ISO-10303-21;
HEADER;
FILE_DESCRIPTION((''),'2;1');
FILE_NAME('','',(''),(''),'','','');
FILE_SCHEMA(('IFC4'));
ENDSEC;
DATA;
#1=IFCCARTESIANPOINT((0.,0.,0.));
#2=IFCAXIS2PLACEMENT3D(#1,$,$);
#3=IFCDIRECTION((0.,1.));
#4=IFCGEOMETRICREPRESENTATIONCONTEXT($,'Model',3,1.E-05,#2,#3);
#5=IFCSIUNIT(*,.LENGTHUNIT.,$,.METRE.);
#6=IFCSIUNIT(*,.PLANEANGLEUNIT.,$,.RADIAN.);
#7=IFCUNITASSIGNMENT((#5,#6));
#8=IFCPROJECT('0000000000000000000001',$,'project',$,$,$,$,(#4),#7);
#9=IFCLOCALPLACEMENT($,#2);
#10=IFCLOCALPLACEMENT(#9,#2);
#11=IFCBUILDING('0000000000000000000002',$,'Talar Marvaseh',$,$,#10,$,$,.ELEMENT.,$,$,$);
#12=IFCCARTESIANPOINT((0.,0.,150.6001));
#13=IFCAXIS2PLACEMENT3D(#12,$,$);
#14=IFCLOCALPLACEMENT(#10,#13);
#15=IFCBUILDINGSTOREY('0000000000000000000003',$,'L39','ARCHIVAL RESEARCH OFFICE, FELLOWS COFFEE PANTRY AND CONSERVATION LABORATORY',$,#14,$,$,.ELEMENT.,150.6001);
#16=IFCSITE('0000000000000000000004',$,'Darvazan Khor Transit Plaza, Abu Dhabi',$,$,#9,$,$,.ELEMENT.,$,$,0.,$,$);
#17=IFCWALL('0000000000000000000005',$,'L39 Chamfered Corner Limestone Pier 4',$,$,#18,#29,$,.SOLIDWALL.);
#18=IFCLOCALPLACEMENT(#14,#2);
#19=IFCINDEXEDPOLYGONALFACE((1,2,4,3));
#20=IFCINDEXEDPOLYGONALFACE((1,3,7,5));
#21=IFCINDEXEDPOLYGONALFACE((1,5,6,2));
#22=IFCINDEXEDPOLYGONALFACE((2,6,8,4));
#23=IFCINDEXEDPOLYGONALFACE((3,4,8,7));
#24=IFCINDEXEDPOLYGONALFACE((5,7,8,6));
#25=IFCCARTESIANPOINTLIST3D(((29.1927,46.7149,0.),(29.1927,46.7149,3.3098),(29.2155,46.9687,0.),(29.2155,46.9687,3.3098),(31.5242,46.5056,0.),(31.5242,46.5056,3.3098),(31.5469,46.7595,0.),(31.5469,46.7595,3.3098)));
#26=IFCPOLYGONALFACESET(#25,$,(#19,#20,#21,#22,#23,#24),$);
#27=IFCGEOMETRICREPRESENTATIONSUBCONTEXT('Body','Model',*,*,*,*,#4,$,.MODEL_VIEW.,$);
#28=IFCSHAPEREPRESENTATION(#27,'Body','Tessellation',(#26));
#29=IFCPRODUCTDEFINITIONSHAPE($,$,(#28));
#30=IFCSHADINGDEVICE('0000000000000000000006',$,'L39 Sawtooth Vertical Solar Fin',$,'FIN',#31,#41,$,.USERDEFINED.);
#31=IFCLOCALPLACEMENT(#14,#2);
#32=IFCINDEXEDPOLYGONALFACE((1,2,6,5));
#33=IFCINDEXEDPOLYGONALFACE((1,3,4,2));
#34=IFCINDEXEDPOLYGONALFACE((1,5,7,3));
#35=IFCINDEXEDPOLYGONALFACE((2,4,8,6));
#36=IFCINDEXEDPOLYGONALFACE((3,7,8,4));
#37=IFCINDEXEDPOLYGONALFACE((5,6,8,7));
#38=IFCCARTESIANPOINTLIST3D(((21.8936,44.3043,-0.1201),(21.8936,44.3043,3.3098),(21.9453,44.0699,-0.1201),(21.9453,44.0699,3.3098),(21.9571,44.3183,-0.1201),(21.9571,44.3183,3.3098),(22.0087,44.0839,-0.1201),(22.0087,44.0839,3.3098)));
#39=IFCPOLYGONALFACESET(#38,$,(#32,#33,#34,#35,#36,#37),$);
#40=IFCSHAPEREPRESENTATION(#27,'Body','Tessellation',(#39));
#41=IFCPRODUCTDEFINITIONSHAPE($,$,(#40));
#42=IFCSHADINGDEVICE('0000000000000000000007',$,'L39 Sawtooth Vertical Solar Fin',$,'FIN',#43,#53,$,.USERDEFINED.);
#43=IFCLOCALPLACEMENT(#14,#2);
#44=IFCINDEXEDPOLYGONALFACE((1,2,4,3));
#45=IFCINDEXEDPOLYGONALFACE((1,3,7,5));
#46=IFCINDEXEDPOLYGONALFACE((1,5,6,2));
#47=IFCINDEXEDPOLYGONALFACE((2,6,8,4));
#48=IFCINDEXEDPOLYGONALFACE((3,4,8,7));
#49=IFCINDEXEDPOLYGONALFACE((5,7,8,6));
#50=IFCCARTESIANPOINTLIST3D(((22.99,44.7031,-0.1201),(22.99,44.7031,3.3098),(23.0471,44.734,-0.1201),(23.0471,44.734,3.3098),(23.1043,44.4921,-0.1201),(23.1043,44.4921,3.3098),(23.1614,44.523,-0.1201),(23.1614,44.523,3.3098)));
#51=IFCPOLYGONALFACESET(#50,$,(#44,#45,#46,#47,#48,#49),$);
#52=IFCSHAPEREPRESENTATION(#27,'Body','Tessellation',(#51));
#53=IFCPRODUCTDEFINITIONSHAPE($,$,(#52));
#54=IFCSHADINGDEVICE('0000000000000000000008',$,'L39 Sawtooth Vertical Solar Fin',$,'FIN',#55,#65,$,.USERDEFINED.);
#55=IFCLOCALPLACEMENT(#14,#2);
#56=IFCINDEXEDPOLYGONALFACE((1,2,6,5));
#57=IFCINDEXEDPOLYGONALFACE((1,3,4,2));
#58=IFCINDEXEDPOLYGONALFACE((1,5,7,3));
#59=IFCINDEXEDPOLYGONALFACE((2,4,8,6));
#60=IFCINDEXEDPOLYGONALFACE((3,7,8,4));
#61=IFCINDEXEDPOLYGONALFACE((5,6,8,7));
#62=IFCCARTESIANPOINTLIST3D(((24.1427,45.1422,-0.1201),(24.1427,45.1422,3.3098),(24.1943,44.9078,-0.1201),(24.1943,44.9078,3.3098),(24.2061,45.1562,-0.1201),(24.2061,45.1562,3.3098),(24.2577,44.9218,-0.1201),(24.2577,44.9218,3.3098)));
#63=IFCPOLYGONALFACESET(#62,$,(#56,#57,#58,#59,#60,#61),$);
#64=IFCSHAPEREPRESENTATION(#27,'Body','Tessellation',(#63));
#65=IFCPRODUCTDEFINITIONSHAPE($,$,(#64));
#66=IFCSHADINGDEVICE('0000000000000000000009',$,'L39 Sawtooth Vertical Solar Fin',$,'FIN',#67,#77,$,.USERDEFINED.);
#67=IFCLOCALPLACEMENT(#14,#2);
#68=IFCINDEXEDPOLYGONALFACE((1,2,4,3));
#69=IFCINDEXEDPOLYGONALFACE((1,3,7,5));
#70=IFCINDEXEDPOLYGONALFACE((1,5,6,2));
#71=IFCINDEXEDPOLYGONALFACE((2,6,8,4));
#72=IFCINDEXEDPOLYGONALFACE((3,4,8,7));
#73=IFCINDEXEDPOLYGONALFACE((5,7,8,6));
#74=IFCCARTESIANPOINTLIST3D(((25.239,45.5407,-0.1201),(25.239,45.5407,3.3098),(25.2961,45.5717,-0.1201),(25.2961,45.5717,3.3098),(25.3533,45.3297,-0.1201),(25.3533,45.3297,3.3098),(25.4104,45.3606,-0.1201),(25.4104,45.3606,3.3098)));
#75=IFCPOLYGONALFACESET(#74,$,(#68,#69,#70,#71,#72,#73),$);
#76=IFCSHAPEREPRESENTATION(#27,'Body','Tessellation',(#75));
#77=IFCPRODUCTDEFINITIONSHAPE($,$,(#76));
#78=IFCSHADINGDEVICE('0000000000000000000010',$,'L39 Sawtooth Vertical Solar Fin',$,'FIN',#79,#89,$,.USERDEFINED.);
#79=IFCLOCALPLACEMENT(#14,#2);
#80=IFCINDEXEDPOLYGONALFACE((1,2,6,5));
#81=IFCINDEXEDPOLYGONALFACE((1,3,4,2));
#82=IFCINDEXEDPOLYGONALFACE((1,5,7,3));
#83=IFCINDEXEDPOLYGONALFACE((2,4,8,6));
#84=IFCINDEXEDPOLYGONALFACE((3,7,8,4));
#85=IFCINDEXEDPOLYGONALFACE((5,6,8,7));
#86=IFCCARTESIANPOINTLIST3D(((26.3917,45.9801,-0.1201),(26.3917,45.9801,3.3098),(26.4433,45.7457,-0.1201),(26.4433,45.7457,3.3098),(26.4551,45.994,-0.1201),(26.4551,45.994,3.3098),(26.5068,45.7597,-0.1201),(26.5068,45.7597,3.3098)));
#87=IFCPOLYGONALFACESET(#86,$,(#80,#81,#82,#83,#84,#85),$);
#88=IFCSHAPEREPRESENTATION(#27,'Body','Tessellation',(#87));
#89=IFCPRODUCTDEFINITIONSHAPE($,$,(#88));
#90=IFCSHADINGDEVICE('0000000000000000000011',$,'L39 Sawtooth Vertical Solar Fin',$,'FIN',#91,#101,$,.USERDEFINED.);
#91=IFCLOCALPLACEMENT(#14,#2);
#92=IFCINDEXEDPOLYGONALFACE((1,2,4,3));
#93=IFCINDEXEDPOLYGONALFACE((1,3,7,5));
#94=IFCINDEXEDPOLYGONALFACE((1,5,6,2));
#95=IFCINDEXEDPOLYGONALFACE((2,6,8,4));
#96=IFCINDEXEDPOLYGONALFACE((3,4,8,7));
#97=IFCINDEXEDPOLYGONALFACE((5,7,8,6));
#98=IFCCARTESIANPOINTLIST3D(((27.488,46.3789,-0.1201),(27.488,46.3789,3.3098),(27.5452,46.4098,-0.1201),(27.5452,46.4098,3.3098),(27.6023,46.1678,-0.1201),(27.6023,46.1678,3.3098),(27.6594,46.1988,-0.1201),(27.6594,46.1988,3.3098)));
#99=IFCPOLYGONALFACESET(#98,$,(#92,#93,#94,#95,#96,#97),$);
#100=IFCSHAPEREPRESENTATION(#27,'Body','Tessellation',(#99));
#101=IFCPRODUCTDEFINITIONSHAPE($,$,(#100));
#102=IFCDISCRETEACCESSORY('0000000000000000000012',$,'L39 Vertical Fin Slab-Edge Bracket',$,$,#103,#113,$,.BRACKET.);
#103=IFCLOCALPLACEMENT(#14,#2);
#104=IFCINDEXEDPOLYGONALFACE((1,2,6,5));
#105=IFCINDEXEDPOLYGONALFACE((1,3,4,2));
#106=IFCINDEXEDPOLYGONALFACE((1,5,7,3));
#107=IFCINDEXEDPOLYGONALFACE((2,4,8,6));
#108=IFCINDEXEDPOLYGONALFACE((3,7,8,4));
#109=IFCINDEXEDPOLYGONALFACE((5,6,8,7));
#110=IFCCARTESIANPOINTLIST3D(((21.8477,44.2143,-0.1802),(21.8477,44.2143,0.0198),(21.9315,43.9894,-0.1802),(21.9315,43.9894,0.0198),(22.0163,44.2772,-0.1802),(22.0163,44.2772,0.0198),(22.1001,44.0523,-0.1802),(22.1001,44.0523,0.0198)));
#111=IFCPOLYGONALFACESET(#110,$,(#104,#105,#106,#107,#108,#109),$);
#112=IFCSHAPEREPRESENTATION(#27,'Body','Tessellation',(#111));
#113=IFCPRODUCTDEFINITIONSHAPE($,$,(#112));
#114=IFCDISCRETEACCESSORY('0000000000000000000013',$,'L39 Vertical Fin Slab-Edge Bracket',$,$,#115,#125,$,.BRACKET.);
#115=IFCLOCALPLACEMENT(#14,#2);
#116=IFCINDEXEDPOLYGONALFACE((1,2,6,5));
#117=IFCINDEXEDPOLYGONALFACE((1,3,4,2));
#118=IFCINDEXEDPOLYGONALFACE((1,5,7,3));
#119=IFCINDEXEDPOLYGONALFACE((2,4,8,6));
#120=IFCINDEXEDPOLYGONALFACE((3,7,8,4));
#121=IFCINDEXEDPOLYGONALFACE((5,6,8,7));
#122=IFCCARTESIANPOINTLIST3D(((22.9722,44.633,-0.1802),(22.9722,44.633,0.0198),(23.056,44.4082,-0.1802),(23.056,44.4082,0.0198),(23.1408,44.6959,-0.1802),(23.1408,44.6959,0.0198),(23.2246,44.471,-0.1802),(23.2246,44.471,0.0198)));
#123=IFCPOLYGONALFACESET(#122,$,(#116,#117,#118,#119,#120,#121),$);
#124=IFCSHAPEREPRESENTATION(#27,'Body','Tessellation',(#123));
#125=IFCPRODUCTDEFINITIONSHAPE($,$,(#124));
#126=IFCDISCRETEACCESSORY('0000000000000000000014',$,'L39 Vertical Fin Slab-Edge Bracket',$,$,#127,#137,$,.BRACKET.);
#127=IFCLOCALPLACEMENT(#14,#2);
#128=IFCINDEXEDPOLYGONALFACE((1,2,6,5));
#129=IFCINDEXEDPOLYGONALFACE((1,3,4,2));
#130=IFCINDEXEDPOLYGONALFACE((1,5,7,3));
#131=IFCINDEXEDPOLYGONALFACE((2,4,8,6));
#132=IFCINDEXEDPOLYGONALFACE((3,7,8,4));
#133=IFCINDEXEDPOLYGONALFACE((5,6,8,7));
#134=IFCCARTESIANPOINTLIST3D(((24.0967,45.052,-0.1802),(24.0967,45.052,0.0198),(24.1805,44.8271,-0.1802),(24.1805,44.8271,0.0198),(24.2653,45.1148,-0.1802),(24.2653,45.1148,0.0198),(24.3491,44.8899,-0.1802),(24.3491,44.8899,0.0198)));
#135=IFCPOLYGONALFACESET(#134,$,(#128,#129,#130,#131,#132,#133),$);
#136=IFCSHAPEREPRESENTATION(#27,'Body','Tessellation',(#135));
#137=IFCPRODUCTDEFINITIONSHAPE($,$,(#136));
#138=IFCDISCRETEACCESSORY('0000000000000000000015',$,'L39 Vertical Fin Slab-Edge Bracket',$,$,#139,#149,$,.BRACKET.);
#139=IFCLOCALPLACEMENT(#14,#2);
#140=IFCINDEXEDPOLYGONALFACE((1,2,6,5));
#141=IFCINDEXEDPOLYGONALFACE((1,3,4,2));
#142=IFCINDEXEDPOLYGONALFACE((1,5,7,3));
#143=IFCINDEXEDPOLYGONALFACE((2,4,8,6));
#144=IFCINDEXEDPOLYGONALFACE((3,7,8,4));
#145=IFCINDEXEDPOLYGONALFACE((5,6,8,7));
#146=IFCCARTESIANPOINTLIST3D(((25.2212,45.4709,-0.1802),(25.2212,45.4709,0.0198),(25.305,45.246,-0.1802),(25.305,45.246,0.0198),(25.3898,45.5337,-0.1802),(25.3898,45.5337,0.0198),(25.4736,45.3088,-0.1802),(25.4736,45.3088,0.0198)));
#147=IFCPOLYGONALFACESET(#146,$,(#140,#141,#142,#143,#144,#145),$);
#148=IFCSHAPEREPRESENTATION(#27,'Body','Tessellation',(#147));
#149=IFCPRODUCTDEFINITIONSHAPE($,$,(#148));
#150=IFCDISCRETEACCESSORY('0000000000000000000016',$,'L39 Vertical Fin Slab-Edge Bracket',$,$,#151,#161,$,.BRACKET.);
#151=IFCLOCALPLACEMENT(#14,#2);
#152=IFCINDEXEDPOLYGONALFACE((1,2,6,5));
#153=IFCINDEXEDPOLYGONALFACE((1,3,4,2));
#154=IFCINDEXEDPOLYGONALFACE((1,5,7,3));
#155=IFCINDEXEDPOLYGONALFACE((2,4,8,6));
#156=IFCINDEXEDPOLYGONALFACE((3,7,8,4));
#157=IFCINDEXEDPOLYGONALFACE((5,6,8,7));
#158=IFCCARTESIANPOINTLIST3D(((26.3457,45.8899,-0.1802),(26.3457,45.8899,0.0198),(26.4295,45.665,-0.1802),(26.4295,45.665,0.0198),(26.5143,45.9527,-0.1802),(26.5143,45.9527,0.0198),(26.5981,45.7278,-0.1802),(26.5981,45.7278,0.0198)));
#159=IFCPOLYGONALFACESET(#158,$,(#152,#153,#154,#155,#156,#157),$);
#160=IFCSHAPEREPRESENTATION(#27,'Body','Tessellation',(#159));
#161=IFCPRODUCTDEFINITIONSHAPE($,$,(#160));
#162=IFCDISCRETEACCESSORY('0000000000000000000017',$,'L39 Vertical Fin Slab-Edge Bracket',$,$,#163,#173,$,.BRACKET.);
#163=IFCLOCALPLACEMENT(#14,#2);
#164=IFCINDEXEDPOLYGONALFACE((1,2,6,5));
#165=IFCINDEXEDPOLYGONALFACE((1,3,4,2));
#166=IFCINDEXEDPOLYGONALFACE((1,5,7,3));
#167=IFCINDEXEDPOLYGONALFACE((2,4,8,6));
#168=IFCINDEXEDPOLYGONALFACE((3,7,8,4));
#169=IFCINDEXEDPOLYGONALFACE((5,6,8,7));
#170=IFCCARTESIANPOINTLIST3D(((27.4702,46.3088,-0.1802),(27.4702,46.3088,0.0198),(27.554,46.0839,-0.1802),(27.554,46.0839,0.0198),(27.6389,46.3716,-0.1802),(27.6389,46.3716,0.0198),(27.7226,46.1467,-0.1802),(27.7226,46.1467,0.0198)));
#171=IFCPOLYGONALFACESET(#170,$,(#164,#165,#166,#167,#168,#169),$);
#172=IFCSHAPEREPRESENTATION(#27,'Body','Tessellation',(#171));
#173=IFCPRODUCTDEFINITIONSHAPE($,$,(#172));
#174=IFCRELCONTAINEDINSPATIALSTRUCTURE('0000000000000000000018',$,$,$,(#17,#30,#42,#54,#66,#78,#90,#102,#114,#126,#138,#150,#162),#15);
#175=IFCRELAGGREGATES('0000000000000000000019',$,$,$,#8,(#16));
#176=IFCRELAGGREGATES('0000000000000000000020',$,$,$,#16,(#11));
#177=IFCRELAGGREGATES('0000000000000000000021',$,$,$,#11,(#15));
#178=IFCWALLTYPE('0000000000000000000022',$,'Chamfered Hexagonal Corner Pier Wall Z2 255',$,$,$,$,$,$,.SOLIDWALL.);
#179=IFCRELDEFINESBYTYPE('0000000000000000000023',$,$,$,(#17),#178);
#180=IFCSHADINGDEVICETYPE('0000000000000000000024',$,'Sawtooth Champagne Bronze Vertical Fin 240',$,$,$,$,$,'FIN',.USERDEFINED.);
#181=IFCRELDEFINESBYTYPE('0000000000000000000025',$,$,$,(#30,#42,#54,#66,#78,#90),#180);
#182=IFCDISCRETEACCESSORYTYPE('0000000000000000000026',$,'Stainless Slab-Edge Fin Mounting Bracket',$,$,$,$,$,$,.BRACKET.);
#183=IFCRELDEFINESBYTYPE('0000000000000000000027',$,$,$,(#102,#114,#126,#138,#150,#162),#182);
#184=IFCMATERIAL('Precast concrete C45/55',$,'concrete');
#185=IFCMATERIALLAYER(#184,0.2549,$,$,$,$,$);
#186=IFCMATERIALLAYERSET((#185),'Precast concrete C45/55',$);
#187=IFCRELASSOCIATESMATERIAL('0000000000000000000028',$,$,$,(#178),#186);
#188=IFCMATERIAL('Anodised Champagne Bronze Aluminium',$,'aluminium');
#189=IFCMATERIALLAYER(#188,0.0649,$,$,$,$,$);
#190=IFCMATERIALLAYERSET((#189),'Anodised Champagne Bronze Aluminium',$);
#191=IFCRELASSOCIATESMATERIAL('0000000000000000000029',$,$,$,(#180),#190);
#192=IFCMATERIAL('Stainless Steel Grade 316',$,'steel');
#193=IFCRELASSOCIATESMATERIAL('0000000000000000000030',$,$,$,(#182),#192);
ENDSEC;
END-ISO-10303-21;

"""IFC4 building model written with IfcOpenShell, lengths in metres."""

from ifc_helpers import new_model, si_unit, direction, frame, frame_2d, origin, origin_2d, place, context, subcontext, project, spatial, rectangle, extrude, source, transform, mapped, material, layer, layer_set, type_object, type_shapes, element, save


model = new_model("IFC4")

# Units and contexts
model_context = context("Model", 3, precision=1e-05, world=origin(), true_north=direction((0.0, 1.0)))
body_context = subcontext(model_context, "Body", "Model", "MODEL_VIEW")
ifc_project = project(units=[si_unit("LENGTHUNIT", "METRE"), si_unit("PLANEANGLEUNIT", "RADIAN")], contexts=[model_context])

# Site, building, storey
site_placement = place(None, origin())
site = spatial("IfcSite", under=ifc_project, at=site_placement, Name="Darvazan Khor Transit Plaza, Abu Dhabi", CompositionType="ELEMENT", RefElevation=0.0)
building_placement = place(site_placement, origin())
building = spatial("IfcBuilding", under=site, at=building_placement, Name="Talar Marvaseh", CompositionType="ELEMENT")
storey_placement = place(building_placement, frame((0.0, 0.0, 150.6001)))
storey = spatial("IfcBuildingStorey", under=building, at=storey_placement, Name="L39", Description="ARCHIVAL RESEARCH OFFICE, FELLOWS COFFEE PANTRY AND CONSERVATION LABORATORY", CompositionType="ELEMENT", Elevation=150.6001)

# Wall
ifc_material_1 = material(Name="Precast concrete C45/55", Category="concrete")
ifc_layer_1 = layer(ifc_material_1, 0.2549)
ifc_layer_set_1 = layer_set([ifc_layer_1], Name="Precast concrete C45/55")
wall_type = type_object("IfcWallType", Name="Chamfered Hexagonal Corner Pier Wall Z2 255", PredefinedType="SOLIDWALL", material=ifc_layer_set_1)
wall_placement = place(storey_placement, frame((29.2041, 46.8418, 0.0), z_axis=(0.0, 0.0, 1.0), x_axis=(0.995998, -0.089379, 0.0)))
element("IfcWall", 1, at=wall_placement, inside=storey, type_object=wall_type, Name="L39 Chamfered Corner Limestone Pier 4", PredefinedType="SOLIDWALL", context=body_context, shape_type="SweptSolid", body=[
    extrude(rectangle(XDim=2.3408, YDim=0.2549, at=frame_2d((1.1704, 0.0))), origin(), (0.0, 0.0, 1.0), 3.3098),
])

# Shading devices
ifc_material_2 = material(Name="Anodised Champagne Bronze Aluminium", Category="aluminium")
ifc_layer_2 = layer(ifc_material_2, 0.0649)
ifc_layer_set_2 = layer_set([ifc_layer_2], Name="Anodised Champagne Bronze Aluminium")
shading_device_type = type_object("IfcShadingDeviceType", Name="Sawtooth Champagne Bronze Vertical Fin 240", ElementType="FIN", PredefinedType="USERDEFINED", material=ifc_layer_set_2)
shared_shape_1 = source(origin(), body_context, "Body", "SweptSolid", [
    extrude(rectangle(XDim=0.24, YDim=0.0649, at=origin_2d()), origin(), (0.0, 0.0, 1.0), 3.4299),
])
type_shapes(shading_device_type, [shared_shape_1])
for number, where, z_axis, x_axis, name in (
    (2, (21.9512, 44.1941, -0.1201), (0.0, 0.0, 1.0), (-0.215247, 0.97656, 0.0), "L39 Sawtooth Vertical Solar Fin"),
    (3, (23.0757, 44.613, -0.1201), (0.0, 0.0, 1.0), (-0.476085, 0.879399, 0.0), "L39 Sawtooth Vertical Solar Fin"),
    (4, (24.2002, 45.032, -0.1201), (0.0, 0.0, 1.0), (-0.215247, 0.97656, 0.0), "L39 Sawtooth Vertical Solar Fin"),
    (5, (25.3247, 45.4507, -0.1201), (0.0, 0.0, 1.0), (-0.476085, 0.879399, 0.0), "L39 Sawtooth Vertical Solar Fin"),
    (6, (26.4492, 45.8699, -0.1201), (0.0, 0.0, 1.0), (-0.215247, 0.97656, 0.0), "L39 Sawtooth Vertical Solar Fin"),
    (7, (27.5737, 46.2888, -0.1201), (0.0, 0.0, 1.0), (-0.476085, 0.879399, 0.0), "L39 Sawtooth Vertical Solar Fin"),
):
    element("IfcShadingDevice", number, at=place(storey_placement, frame(where, z_axis=z_axis, x_axis=x_axis)), inside=storey, type_object=shading_device_type, Name=name, ObjectType="FIN", PredefinedType="USERDEFINED", context=body_context, shape_type="MappedRepresentation", body=[
        mapped(shared_shape_1, transform((0.0, 0.0, 0.0), x_axis=(1.0, 0.0, 0.0), y_axis=(0.0, 1.0, 0.0), z_axis=(0.0, 0.0, 1.0), scale=1.0)),
    ])

# Discrete accessories
ifc_material_3 = material(Name="Stainless Steel Grade 316", Category="steel")
discrete_accessory_type = type_object("IfcDiscreteAccessoryType", Name="Stainless Slab-Edge Fin Mounting Bracket", PredefinedType="BRACKET", material=ifc_material_3)
shared_shape_2 = source(origin(), body_context, "Body", "SweptSolid", [
    extrude(rectangle(XDim=0.24, YDim=0.1799, at=origin_2d()), origin(), (0.0, 0.0, 1.0), 0.2),
])
type_shapes(discrete_accessory_type, [shared_shape_2])
for number, where, z_axis, x_axis, name in (
    (8, (21.9739, 44.1333, -0.1802), (0.0, 0.0, 1.0), (-0.349063, 0.937099, 0.0), "L39 Vertical Fin Slab-Edge Bracket"),
    (9, (23.0984, 44.552, -0.1802), (0.0, 0.0, 1.0), (-0.349063, 0.937099, 0.0), "L39 Vertical Fin Slab-Edge Bracket"),
    (10, (24.2229, 44.9709, -0.1802), (0.0, 0.0, 1.0), (-0.349063, 0.937099, 0.0), "L39 Vertical Fin Slab-Edge Bracket"),
    (11, (25.3474, 45.3899, -0.1802), (0.0, 0.0, 1.0), (-0.349063, 0.937099, 0.0), "L39 Vertical Fin Slab-Edge Bracket"),
    (12, (26.4719, 45.8088, -0.1802), (0.0, 0.0, 1.0), (-0.349063, 0.937099, 0.0), "L39 Vertical Fin Slab-Edge Bracket"),
    (13, (27.5964, 46.2278, -0.1802), (0.0, 0.0, 1.0), (-0.349063, 0.937099, 0.0), "L39 Vertical Fin Slab-Edge Bracket"),
):
    element("IfcDiscreteAccessory", number, at=place(storey_placement, frame(where, z_axis=z_axis, x_axis=x_axis)), inside=storey, type_object=discrete_accessory_type, Name=name, PredefinedType="BRACKET", context=body_context, shape_type="MappedRepresentation", body=[
        mapped(shared_shape_2, transform((0.0, 0.0, 0.0), x_axis=(1.0, 0.0, 0.0), y_axis=(0.0, 1.0, 0.0), z_axis=(0.0, 0.0, 1.0), scale=1.0)),
    ])

save(model, "model.ifc")
